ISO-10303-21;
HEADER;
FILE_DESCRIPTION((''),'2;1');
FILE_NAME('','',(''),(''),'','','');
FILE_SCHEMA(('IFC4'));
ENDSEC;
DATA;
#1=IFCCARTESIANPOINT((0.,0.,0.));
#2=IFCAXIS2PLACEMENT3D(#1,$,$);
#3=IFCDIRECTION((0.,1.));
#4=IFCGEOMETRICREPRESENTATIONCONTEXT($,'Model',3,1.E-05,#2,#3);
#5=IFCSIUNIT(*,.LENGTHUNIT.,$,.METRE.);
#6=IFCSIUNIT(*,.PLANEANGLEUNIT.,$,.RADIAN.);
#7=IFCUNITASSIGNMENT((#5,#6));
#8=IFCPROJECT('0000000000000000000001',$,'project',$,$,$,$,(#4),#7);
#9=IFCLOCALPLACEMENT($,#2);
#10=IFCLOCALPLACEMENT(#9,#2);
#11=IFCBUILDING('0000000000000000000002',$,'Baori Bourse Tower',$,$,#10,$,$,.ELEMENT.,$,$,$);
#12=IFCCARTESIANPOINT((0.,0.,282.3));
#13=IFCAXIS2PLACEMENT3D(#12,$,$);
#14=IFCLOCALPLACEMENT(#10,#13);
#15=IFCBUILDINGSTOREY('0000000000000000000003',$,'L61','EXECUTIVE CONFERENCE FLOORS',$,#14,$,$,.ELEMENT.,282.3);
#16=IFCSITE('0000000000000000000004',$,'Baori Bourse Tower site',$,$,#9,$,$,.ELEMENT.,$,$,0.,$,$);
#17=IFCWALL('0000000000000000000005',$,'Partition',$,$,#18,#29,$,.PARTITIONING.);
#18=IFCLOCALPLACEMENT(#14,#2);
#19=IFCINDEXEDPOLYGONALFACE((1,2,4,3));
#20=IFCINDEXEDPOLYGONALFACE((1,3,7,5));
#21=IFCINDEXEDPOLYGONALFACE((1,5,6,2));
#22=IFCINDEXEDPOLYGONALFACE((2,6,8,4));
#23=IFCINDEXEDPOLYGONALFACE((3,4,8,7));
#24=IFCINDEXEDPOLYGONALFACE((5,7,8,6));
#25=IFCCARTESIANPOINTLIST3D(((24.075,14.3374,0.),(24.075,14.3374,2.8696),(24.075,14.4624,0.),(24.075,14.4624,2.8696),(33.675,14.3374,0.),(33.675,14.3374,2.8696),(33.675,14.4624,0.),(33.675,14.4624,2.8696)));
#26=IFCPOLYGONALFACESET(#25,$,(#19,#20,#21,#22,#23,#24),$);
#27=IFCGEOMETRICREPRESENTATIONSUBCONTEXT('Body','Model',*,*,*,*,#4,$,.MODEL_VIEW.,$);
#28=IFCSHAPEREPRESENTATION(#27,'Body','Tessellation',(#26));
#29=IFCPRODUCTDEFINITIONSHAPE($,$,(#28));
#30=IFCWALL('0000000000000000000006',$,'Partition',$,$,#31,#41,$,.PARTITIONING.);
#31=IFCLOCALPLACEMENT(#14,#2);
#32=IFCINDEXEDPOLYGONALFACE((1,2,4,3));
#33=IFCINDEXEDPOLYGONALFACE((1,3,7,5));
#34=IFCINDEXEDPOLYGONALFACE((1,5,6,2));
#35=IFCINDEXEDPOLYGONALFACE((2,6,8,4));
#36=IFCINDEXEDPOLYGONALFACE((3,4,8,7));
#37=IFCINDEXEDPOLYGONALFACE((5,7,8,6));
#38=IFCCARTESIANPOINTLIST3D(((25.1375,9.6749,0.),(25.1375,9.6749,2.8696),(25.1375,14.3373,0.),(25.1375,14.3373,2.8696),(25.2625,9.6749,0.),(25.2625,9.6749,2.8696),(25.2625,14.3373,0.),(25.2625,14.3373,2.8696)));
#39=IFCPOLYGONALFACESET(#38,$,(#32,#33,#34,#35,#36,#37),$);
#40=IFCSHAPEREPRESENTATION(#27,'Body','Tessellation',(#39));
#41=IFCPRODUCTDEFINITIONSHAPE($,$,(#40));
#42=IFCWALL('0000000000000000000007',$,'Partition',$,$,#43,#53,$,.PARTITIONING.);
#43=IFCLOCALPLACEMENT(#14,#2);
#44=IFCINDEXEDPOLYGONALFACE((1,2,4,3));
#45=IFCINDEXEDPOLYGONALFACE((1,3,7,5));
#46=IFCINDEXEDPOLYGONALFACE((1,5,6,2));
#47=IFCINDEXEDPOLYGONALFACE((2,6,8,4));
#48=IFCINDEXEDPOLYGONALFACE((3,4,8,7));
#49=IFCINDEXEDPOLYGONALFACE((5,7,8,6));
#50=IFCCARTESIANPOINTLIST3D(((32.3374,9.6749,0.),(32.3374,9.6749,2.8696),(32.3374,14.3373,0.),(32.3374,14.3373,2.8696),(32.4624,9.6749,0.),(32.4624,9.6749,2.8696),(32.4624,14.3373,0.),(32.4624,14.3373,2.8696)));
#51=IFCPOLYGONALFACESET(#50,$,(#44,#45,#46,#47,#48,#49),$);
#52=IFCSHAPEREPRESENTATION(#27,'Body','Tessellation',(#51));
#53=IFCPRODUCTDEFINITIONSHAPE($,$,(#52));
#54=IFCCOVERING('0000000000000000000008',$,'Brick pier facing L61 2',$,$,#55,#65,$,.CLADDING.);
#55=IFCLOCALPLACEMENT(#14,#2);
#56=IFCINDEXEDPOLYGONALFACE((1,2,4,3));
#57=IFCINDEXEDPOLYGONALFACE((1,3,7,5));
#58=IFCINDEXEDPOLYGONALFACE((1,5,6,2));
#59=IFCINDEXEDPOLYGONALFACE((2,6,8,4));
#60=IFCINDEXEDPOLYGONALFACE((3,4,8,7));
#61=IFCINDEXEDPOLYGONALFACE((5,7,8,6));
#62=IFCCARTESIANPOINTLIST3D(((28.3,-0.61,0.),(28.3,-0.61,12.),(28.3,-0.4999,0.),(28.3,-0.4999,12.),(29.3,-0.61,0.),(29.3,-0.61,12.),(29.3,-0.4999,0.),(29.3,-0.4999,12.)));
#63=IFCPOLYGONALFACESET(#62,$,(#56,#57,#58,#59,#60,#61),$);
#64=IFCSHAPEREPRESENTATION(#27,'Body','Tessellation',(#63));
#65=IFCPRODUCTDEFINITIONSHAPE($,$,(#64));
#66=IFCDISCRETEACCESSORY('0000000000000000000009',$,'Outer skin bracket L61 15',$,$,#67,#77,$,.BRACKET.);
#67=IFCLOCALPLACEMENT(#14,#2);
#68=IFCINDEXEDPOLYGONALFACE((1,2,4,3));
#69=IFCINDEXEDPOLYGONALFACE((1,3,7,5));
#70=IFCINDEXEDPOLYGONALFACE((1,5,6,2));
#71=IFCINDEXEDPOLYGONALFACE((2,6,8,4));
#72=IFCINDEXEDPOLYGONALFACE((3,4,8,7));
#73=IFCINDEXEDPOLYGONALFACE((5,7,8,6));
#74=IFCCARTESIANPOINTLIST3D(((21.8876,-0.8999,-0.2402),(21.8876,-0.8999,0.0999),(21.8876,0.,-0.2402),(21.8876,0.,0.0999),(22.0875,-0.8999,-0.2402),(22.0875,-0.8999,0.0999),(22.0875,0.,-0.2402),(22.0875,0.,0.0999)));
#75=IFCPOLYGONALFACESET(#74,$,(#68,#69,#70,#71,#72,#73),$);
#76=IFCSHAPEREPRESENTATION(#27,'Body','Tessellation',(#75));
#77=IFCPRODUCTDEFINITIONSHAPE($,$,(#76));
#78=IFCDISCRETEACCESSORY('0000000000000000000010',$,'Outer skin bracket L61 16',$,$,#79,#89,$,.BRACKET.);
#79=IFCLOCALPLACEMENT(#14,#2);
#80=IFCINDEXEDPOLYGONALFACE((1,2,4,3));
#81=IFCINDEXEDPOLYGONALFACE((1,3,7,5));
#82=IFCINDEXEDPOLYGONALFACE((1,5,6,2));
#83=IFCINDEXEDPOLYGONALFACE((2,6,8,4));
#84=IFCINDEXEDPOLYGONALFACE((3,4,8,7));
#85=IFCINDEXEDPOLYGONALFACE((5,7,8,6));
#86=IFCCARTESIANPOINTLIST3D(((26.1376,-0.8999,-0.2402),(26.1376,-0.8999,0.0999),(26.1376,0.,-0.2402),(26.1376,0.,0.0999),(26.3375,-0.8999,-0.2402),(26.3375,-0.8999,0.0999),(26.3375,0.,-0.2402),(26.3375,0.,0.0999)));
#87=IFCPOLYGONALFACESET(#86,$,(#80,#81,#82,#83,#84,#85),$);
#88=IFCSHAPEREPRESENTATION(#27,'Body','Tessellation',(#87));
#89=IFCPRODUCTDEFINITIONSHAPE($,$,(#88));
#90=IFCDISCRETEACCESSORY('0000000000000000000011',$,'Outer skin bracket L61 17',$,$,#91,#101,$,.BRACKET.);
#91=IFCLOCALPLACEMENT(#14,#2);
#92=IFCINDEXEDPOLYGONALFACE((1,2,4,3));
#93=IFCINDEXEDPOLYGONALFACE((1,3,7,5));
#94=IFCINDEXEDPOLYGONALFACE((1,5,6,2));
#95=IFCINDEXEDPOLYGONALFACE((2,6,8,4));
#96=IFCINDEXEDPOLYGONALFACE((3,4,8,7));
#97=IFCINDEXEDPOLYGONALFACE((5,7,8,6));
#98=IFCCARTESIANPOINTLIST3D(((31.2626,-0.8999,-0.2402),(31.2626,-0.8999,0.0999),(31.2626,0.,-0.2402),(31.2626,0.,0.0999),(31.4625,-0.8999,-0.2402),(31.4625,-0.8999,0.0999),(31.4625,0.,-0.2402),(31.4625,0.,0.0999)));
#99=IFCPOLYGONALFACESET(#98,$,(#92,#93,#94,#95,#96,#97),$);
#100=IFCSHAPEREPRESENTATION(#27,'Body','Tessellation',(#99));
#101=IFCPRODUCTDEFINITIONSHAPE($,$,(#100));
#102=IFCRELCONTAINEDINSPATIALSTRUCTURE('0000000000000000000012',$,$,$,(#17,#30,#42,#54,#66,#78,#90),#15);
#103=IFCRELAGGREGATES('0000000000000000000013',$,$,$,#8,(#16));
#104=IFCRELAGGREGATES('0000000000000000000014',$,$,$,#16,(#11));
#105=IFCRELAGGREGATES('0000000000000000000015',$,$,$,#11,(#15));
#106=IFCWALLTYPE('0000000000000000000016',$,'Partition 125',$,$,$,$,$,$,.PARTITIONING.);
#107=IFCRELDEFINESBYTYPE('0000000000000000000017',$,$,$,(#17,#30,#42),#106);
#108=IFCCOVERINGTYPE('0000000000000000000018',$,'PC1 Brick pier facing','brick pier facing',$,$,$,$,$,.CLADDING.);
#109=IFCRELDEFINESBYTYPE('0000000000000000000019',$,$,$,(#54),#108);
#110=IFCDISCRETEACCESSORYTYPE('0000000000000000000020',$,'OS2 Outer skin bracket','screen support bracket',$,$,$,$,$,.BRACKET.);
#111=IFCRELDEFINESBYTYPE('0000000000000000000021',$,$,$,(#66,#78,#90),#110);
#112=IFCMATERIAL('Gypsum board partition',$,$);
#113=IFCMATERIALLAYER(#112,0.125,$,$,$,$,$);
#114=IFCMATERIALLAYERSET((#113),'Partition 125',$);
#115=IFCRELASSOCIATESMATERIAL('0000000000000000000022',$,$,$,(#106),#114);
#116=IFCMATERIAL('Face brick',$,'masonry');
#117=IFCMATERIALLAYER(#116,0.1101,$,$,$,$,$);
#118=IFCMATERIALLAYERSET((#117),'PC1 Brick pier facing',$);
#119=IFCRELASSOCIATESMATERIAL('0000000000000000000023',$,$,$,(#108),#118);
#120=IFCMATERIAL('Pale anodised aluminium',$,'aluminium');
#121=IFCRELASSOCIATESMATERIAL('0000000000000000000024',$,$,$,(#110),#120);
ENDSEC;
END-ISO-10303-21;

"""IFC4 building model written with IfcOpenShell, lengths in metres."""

from ifc_helpers import new_model, si_unit, direction, frame, frame_2d, origin, origin_2d, place, context, subcontext, project, spatial, rectangle, extrude, material, layer, layer_set, type_object, element, save


model = new_model("IFC4")

# Units and contexts
model_context = context("Model", 3, precision=1e-05, world=origin(), true_north=direction((0.0, 1.0)))
body_context = subcontext(model_context, "Body", "Model", "MODEL_VIEW")
ifc_project = project(units=[si_unit("LENGTHUNIT", "METRE"), si_unit("PLANEANGLEUNIT", "RADIAN")], contexts=[model_context])

# Site, building, storey
site_placement = place(None, origin())
site = spatial("IfcSite", under=ifc_project, at=site_placement, Name="Baori Bourse Tower site", CompositionType="ELEMENT", RefElevation=0.0)
building_placement = place(site_placement, origin())
building = spatial("IfcBuilding", under=site, at=building_placement, Name="Baori Bourse Tower", CompositionType="ELEMENT")
storey_placement = place(building_placement, frame((0.0, 0.0, 282.3)))
storey = spatial("IfcBuildingStorey", under=building, at=storey_placement, Name="L61", Description="EXECUTIVE CONFERENCE FLOORS", CompositionType="ELEMENT", Elevation=282.3)

# Walls
ifc_material_1 = material(Name="Gypsum board partition")
ifc_layer_1 = layer(ifc_material_1, 0.125)
ifc_layer_set_1 = layer_set([ifc_layer_1], Name="Partition 125")
wall_type_1 = type_object("IfcWallType", Name="Partition 125", PredefinedType="PARTITIONING", material=ifc_layer_set_1)
wall_1_placement = place(storey_placement, frame((24.075, 14.3999, 0.0), z_axis=(0.0, 0.0, 1.0), x_axis=(1.0, 0.0, 0.0)))
element("IfcWall", 1, at=wall_1_placement, inside=storey, type_object=wall_type_1, Name="Partition", PredefinedType="PARTITIONING", context=body_context, shape_type="SweptSolid", body=[
    extrude(rectangle(XDim=9.6001, YDim=0.125, at=frame_2d((4.8, 0.0))), origin(), (0.0, 0.0, 1.0), 2.8696),
])
for number, where, z_axis, x_axis, name in (
    (2, (25.2, 9.675, 0.0), (0.0, 0.0, 1.0), (0.0, 1.0, 0.0), "Partition"),
    (3, (32.3999, 9.675, 0.0), (0.0, 0.0, 1.0), (0.0, 1.0, 0.0), "Partition"),
):
    element("IfcWall", number, at=place(storey_placement, frame(where, z_axis=z_axis, x_axis=x_axis)), inside=storey, type_object=wall_type_1, Name=name, PredefinedType="PARTITIONING", context=body_context, shape_type="SweptSolid", body=[
        extrude(rectangle(XDim=4.6624, YDim=0.125, at=frame_2d((2.3311, 0.0))), origin(), (0.0, 0.0, 1.0), 2.8696),
    ])

# Covering
ifc_material_2 = material(Name="Face brick", Category="masonry")
ifc_layer_2 = layer(ifc_material_2, 0.1101)
ifc_layer_set_2 = layer_set([ifc_layer_2], Name="PC1 Brick pier facing")
covering_type = type_object("IfcCoveringType", Name="PC1 Brick pier facing", Description="brick pier facing", PredefinedType="CLADDING", material=ifc_layer_set_2)
covering_placement = place(storey_placement, frame((28.8, -0.5549, 0.0), z_axis=(0.0, 0.0, 1.0), x_axis=(1.0, 0.0, 0.0)))
element("IfcCovering", 4, at=covering_placement, inside=storey, type_object=covering_type, Name="Brick pier facing L61 2", PredefinedType="CLADDING", context=body_context, shape_type="SweptSolid", body=[
    extrude(rectangle(XDim=1.0, YDim=0.1101, at=origin_2d()), origin(), (0.0, 0.0, 1.0), 12.0),
])

# Discrete accessories
ifc_material_3 = material(Name="Pale anodised aluminium", Category="aluminium")
discrete_accessory_type = type_object("IfcDiscreteAccessoryType", Name="OS2 Outer skin bracket", Description="screen support bracket", PredefinedType="BRACKET", material=ifc_material_3)
for number, where, z_axis, x_axis, name in (
    (5, (21.9875, -0.45, -0.2402), (0.0, 0.0, 1.0), (1.0, 0.0, 0.0), "Outer skin bracket L61 15"),
    (6, (26.2375, -0.45, -0.2402), (0.0, 0.0, 1.0), (1.0, 0.0, 0.0), "Outer skin bracket L61 16"),
    (7, (31.3625, -0.45, -0.2402), (0.0, 0.0, 1.0), (1.0, 0.0, 0.0), "Outer skin bracket L61 17"),
):
    element("IfcDiscreteAccessory", number, at=place(storey_placement, frame(where, z_axis=z_axis, x_axis=x_axis)), inside=storey, type_object=discrete_accessory_type, Name=name, PredefinedType="BRACKET", context=body_context, shape_type="SweptSolid", body=[
        extrude(rectangle(XDim=0.2, YDim=0.8999, at=origin_2d()), origin(), (0.0, 0.0, 1.0), 0.3401),
    ])

save(model, "model.ifc")
